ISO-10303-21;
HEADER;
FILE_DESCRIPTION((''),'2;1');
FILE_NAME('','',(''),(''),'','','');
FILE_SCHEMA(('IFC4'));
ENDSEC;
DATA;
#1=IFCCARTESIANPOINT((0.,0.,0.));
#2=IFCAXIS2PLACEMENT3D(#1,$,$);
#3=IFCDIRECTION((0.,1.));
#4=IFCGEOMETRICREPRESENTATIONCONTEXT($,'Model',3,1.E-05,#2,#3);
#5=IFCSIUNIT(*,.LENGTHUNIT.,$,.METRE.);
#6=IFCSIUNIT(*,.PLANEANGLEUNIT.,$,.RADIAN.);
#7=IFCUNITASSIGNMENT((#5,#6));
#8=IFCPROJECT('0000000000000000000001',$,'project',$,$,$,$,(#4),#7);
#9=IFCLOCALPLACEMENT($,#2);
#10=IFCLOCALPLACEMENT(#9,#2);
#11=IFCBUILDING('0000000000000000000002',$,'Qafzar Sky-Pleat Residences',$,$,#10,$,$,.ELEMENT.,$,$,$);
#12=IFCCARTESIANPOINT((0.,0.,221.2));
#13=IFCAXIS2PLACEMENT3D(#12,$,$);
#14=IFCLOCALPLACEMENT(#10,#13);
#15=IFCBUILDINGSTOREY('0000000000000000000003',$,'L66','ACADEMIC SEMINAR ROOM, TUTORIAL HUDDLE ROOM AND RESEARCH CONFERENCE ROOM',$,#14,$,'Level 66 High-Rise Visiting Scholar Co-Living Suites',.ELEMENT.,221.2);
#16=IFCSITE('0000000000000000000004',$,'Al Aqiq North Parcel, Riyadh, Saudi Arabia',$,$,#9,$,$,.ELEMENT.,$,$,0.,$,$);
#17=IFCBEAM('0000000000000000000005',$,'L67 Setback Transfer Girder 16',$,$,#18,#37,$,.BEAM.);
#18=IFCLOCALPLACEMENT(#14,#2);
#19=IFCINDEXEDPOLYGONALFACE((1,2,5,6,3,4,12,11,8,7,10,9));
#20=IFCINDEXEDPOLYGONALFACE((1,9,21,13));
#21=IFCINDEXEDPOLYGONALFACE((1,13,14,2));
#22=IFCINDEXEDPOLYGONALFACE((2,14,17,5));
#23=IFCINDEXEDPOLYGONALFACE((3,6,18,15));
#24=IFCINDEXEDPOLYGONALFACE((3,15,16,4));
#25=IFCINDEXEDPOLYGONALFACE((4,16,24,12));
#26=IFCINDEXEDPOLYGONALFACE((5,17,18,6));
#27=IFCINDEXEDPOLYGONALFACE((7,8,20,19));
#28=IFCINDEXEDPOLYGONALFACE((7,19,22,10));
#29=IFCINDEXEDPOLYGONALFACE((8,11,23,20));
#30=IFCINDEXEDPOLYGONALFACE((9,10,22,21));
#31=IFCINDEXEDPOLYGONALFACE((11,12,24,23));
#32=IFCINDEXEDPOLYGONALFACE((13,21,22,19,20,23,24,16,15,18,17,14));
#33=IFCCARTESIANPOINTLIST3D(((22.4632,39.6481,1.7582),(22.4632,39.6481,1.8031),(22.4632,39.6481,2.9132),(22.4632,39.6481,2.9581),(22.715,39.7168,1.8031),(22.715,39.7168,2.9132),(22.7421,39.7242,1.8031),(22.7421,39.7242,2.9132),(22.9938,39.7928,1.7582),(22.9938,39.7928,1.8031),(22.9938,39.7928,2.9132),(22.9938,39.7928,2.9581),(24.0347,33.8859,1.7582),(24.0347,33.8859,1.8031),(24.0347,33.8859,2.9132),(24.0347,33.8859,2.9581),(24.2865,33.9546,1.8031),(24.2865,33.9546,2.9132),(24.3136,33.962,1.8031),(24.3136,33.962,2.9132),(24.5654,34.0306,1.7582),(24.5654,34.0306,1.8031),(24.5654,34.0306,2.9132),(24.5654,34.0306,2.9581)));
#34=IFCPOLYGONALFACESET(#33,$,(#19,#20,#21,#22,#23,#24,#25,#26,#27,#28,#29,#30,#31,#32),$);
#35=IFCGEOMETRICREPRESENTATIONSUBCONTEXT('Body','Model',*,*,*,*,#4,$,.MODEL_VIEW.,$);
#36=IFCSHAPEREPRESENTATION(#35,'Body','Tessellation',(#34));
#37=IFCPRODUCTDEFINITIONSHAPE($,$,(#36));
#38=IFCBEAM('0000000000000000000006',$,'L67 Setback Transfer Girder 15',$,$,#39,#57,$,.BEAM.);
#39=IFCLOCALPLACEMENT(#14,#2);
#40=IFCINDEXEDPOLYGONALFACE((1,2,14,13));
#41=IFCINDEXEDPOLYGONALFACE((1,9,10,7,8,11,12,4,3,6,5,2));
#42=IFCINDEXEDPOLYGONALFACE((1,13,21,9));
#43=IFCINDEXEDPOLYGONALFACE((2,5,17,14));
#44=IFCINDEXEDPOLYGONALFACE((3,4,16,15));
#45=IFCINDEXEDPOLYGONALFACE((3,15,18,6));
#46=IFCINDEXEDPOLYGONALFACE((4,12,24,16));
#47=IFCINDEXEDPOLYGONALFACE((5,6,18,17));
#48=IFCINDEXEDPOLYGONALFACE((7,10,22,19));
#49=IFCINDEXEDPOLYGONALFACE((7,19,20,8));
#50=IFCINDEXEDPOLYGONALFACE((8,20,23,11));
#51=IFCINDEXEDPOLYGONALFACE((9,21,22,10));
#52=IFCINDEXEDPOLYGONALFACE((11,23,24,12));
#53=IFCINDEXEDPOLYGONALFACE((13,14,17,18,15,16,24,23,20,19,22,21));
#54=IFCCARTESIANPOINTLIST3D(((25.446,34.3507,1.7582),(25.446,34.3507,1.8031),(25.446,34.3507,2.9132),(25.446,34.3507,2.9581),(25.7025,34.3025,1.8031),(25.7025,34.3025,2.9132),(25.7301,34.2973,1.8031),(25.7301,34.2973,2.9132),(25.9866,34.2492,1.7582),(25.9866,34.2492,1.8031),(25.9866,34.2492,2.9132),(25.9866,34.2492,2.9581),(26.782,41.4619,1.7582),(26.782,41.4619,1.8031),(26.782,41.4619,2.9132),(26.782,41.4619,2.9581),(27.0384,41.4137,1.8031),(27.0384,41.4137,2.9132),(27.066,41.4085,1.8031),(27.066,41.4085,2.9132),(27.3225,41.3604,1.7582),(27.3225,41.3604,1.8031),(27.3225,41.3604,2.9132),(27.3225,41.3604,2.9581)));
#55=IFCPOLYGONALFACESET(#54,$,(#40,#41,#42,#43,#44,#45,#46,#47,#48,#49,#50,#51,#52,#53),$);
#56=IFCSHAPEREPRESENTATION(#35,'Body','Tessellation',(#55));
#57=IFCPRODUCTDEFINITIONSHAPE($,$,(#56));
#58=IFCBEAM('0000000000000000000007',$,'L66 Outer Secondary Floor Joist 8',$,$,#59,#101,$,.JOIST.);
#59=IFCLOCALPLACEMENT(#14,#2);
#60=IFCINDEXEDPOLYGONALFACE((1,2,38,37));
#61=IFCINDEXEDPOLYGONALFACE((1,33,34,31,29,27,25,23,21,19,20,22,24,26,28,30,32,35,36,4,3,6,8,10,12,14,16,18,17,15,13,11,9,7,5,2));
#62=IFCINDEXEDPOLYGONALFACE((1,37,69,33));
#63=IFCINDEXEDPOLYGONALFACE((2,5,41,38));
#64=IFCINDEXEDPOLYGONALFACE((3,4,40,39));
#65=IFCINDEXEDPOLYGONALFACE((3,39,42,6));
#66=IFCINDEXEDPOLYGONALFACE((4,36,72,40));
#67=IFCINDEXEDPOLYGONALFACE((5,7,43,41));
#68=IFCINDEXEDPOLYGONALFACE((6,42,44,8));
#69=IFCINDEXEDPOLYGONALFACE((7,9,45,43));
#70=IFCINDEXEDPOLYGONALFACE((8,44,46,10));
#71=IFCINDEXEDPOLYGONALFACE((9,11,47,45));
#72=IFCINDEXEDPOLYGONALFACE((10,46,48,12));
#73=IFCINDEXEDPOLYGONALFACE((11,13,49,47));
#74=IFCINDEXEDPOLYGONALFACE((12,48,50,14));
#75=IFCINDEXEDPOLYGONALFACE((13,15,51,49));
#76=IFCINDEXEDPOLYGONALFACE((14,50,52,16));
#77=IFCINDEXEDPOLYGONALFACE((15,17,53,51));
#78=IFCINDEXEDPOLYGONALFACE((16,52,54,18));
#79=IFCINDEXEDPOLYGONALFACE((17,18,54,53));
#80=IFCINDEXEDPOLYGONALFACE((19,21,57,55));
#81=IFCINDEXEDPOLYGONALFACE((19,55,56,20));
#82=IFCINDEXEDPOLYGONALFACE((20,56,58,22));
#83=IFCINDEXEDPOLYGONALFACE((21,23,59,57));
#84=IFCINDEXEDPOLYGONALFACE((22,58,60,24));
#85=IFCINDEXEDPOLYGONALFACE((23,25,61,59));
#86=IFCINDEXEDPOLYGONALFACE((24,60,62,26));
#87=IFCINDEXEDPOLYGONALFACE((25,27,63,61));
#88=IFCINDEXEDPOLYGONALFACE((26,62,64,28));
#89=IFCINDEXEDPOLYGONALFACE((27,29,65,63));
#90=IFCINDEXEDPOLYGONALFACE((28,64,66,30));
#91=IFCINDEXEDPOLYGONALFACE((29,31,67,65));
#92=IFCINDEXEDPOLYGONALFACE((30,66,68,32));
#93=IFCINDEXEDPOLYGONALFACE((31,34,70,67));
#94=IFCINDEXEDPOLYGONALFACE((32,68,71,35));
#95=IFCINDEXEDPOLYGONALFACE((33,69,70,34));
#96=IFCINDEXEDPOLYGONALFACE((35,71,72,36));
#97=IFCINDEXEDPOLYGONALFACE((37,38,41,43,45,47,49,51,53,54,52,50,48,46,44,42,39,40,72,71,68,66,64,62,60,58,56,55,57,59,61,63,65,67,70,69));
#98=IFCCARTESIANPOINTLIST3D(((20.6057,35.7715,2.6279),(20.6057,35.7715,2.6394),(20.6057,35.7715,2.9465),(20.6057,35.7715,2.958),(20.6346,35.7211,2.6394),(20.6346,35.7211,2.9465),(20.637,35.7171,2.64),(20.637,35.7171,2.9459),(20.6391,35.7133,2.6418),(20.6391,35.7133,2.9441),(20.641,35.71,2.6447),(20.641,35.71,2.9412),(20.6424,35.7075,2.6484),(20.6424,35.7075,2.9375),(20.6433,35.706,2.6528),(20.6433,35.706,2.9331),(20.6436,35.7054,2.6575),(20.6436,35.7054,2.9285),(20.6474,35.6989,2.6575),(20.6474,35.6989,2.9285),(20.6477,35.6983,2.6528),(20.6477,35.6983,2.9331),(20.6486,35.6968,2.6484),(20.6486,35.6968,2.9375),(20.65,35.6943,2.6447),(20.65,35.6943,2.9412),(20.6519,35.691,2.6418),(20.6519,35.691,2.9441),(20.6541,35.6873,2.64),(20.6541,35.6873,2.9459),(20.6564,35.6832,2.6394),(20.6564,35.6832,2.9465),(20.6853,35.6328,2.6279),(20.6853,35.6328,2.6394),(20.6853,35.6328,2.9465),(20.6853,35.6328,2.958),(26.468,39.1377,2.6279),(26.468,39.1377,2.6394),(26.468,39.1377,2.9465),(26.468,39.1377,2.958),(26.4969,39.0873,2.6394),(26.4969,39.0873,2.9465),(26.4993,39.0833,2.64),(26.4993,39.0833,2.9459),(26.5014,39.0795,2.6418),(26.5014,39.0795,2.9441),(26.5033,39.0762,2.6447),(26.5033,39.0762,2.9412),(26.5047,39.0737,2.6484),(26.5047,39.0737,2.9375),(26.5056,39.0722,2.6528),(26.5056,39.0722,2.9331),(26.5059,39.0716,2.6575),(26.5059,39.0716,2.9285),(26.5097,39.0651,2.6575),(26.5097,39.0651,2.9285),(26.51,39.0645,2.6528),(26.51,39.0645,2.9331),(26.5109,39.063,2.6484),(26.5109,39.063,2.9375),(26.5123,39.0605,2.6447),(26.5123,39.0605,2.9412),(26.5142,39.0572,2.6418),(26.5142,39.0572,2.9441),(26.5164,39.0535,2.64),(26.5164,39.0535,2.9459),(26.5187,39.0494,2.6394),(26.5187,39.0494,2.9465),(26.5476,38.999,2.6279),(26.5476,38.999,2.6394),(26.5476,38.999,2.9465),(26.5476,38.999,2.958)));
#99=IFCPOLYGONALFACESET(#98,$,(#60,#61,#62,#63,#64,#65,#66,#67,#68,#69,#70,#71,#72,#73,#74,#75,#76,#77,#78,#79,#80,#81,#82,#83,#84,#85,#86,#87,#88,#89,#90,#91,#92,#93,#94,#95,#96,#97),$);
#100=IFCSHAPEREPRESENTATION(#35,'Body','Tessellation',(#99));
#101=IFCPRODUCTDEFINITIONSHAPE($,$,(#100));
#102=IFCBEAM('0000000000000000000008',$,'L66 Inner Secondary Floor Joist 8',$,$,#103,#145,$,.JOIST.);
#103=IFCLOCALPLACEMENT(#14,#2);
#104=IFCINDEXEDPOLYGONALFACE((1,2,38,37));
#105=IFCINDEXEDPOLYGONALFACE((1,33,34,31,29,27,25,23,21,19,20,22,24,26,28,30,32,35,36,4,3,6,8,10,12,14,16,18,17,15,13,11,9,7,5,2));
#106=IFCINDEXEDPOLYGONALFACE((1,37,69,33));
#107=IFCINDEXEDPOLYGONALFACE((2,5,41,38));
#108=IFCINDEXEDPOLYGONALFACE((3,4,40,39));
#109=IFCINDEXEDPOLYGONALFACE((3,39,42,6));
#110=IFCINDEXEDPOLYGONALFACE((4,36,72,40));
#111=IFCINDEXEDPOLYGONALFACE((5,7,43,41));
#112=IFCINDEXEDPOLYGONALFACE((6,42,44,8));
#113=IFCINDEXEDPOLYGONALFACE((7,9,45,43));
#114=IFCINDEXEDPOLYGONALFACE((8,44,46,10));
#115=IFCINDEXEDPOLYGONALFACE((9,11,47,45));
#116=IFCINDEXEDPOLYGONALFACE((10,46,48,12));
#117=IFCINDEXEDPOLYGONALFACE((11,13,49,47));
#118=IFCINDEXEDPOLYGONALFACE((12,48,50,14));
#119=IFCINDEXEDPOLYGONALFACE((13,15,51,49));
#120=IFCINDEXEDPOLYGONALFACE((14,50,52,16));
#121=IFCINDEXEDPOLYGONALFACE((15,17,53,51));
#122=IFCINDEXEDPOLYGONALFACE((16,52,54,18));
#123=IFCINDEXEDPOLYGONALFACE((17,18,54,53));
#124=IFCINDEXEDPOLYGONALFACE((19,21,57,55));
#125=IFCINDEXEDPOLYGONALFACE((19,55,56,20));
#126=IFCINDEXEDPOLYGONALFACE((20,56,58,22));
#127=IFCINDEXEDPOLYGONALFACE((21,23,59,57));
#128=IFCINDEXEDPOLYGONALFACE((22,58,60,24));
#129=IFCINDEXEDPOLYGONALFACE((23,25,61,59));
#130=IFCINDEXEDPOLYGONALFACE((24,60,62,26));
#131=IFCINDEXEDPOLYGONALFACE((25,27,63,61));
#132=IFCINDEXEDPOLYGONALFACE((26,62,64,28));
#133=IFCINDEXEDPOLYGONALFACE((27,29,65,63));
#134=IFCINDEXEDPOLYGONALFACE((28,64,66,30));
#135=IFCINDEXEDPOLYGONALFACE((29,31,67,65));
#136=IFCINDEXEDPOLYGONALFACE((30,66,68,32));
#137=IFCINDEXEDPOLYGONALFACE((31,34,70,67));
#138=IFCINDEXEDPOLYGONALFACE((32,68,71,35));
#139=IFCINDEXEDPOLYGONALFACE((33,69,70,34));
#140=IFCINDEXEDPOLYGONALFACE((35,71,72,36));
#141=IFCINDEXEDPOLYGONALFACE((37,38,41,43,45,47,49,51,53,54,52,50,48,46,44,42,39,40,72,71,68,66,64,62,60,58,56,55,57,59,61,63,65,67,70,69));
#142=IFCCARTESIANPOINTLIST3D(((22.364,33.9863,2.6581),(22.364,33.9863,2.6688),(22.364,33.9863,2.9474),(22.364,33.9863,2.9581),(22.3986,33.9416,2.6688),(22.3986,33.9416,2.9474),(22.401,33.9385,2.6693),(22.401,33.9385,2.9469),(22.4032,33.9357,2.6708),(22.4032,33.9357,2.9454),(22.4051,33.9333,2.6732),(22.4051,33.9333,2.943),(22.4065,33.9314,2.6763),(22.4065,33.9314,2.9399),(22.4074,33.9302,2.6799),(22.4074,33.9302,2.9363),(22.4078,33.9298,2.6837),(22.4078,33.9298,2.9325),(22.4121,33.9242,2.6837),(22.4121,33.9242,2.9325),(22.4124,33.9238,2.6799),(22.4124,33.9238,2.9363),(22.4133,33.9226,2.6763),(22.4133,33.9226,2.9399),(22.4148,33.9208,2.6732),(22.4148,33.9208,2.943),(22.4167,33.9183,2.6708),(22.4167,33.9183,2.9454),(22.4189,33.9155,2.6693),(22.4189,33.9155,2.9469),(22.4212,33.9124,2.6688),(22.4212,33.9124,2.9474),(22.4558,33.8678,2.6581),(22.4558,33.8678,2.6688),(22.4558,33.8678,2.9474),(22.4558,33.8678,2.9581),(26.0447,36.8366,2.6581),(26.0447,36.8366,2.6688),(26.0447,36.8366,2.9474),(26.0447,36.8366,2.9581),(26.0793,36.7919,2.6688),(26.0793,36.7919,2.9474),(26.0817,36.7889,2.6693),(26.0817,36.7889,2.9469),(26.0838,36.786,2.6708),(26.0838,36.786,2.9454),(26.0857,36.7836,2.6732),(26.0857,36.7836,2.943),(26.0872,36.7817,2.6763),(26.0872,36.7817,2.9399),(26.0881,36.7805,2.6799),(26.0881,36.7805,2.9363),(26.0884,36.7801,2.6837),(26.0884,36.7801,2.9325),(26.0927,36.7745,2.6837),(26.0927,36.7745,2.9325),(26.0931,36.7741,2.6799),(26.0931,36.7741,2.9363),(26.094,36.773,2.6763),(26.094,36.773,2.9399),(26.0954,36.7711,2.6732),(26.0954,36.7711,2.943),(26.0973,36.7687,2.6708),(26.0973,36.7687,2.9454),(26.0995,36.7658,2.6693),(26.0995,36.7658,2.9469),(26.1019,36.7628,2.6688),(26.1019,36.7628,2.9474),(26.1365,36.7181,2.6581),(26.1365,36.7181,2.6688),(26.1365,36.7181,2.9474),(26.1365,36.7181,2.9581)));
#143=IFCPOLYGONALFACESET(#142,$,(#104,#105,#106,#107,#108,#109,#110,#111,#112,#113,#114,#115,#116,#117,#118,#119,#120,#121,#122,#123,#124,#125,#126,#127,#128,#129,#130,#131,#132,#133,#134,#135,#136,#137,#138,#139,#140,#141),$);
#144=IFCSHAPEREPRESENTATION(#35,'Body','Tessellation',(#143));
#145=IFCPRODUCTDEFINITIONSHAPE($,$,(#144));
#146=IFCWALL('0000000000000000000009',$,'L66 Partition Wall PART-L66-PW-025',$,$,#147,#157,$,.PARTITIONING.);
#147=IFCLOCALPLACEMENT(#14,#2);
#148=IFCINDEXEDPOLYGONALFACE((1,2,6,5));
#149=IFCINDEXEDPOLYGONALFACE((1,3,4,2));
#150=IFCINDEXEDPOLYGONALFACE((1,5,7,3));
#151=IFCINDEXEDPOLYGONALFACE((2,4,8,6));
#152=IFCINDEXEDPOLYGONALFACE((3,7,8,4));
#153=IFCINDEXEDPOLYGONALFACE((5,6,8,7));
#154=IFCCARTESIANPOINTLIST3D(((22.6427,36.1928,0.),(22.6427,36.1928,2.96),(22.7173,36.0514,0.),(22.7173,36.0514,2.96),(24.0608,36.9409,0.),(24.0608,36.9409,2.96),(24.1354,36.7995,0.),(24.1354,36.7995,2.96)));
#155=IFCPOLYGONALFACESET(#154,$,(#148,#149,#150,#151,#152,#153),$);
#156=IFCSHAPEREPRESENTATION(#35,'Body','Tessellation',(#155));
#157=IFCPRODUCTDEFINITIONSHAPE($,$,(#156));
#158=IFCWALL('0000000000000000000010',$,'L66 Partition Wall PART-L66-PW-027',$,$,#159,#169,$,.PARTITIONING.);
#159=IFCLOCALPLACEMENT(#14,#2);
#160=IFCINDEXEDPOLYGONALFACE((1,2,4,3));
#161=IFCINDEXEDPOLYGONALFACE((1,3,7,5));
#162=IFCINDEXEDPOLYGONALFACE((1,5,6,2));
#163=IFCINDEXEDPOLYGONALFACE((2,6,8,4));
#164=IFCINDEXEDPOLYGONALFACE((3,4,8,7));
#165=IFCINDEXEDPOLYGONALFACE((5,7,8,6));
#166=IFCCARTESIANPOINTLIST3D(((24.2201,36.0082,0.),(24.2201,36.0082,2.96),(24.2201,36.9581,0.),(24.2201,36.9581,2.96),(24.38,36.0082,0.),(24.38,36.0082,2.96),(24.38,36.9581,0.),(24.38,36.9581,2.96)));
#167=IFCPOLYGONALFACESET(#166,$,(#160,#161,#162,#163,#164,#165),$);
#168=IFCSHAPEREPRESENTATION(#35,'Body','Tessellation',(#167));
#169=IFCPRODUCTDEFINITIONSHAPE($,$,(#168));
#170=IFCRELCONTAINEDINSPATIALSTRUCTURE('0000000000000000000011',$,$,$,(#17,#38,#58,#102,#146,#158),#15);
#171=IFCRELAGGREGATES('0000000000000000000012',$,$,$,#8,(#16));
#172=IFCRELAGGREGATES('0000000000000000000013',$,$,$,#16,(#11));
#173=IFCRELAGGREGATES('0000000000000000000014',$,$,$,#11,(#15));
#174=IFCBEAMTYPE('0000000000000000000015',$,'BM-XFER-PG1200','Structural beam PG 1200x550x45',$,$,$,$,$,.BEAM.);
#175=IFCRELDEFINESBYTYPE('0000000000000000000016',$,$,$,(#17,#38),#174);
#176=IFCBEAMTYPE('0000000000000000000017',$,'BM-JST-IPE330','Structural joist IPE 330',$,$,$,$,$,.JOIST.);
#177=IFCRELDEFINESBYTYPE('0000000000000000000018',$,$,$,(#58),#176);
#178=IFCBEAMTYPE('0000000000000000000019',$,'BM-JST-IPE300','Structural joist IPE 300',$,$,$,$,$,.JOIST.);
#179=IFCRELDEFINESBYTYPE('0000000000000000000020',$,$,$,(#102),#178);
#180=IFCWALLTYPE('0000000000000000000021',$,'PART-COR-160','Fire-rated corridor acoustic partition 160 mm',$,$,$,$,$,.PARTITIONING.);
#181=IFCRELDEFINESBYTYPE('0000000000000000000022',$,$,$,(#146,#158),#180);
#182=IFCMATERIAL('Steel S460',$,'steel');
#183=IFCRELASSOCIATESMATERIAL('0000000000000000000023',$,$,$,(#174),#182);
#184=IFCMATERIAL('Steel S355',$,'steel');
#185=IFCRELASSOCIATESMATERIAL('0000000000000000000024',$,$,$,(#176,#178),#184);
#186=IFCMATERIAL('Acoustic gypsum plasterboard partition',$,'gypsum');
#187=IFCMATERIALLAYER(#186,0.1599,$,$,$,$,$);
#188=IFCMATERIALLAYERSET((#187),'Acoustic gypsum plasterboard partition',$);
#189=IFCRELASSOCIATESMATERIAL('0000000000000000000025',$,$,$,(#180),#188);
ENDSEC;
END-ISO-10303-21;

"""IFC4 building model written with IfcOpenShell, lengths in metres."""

from ifc_helpers import new_model, si_unit, direction, frame, frame_2d, origin, origin_2d, place, context, subcontext, project, spatial, rectangle, i_section, extrude, source, transform, mapped, material, layer, layer_set, material_profile, profile_set, type_object, element, save


model = new_model("IFC4")

# Units and contexts
model_context = context("Model", 3, precision=1e-05, world=origin(), true_north=direction((0.0, 1.0)))
body_context = subcontext(model_context, "Body", "Model", "MODEL_VIEW")
ifc_project = project(units=[si_unit("LENGTHUNIT", "METRE"), si_unit("PLANEANGLEUNIT", "RADIAN")], contexts=[model_context])

# Site, building, storey
site_placement = place(None, origin())
site = spatial("IfcSite", under=ifc_project, at=site_placement, Name="Al Aqiq North Parcel, Riyadh, Saudi Arabia", CompositionType="ELEMENT", RefElevation=0.0)
building_placement = place(site_placement, origin())
building = spatial("IfcBuilding", under=site, at=building_placement, Name="Qafzar Sky-Pleat Residences", CompositionType="ELEMENT")
storey_placement = place(building_placement, frame((0.0, 0.0, 221.2)))
storey = spatial("IfcBuildingStorey", under=building, at=storey_placement, Name="L66", Description="ACADEMIC SEMINAR ROOM, TUTORIAL HUDDLE ROOM AND RESEARCH CONFERENCE ROOM", LongName="Level 66 High-Rise Visiting Scholar Co-Living Suites", CompositionType="ELEMENT", Elevation=221.2)

# Shared definitions
ifc_material_1 = material(Name="Steel S355", Category="steel")

# Beams
ifc_material_2 = material(Name="Steel S460", Category="steel")
ifc_material_profile_1 = material_profile(ifc_material_2, i_section(OverallWidth=0.55, OverallDepth=1.2, WebThickness=0.0281, FlangeThickness=0.0449, at=origin_2d()), Name="PG 1200x550x45")
ifc_profile_set_1 = profile_set([ifc_material_profile_1], Name="Steel S460")
beam_type_1 = type_object("IfcBeamType", Name="BM-XFER-PG1200", Description="Structural beam PG 1200x550x45", PredefinedType="BEAM", material=ifc_profile_set_1)
shared_shape_1 = source(origin(), body_context, "Body", "SweptSolid", [
    extrude(i_section(OverallWidth=0.55, OverallDepth=1.2, WebThickness=0.0281, FlangeThickness=0.0449, at=origin_2d()), origin(), (0.0, 0.0, 1.0), 5.9727),
])
beam_1_placement = place(storey_placement, frame((22.7285, 39.7205, 2.3582), z_axis=(0.263121, -0.964763, 0.0), x_axis=(0.964763, 0.263121, 0.0)))
element("IfcBeam", 1, at=beam_1_placement, inside=storey, type_object=beam_type_1, Name="L67 Setback Transfer Girder 16", PredefinedType="BEAM", context=body_context, shape_type="MappedRepresentation", body=[
    mapped(shared_shape_1, transform((0.0, 0.0, 0.0), x_axis=(1.0, 0.0, 0.0), y_axis=(0.0, 1.0, 0.0), z_axis=(0.0, 0.0, 1.0), scale=1.0)),
])
shared_shape_2 = source(origin(), body_context, "Body", "SweptSolid", [
    extrude(i_section(OverallWidth=0.55, OverallDepth=1.2, WebThickness=0.0281, FlangeThickness=0.0449, at=origin_2d()), origin(), (0.0, 0.0, 1.0), 7.2356),
])
beam_2_placement = place(storey_placement, frame((27.0522, 41.4111, 2.3582), z_axis=(-0.184637, -0.982807, 0.0), x_axis=(0.982807, -0.184637, 0.0)))
element("IfcBeam", 2, at=beam_2_placement, inside=storey, type_object=beam_type_1, Name="L67 Setback Transfer Girder 15", PredefinedType="BEAM", context=body_context, shape_type="MappedRepresentation", body=[
    mapped(shared_shape_2, transform((0.0, 0.0, 0.0), x_axis=(1.0, 0.0, 0.0), y_axis=(0.0, 1.0, 0.0), z_axis=(0.0, 0.0, 1.0), scale=1.0)),
])
ifc_material_profile_2 = material_profile(ifc_material_1, i_section(OverallWidth=0.1599, OverallDepth=0.3301, WebThickness=0.0076, FlangeThickness=0.0115, FilletRadius=0.0181, at=origin_2d()), Name="IPE 330")
ifc_profile_set_2 = profile_set([ifc_material_profile_2], Name="Steel S355")
beam_type_2 = type_object("IfcBeamType", Name="BM-JST-IPE330", Description="Structural joist IPE 330", PredefinedType="JOIST", material=ifc_profile_set_2)
shared_shape_3 = source(origin(), body_context, "Body", "SweptSolid", [
    extrude(i_section(OverallWidth=0.1599, OverallDepth=0.3301, WebThickness=0.0076, FlangeThickness=0.0115, FilletRadius=0.0181, at=origin_2d()), origin(), (0.0, 0.0, 1.0), 6.76),
])
beam_3_placement = place(storey_placement, frame((26.5078, 39.0684, 2.793), z_axis=(-0.867201, -0.497958, 0.0), x_axis=(0.497958, -0.867201, 0.0)))
element("IfcBeam", 3, at=beam_3_placement, inside=storey, type_object=beam_type_2, Name="L66 Outer Secondary Floor Joist 8", PredefinedType="JOIST", context=body_context, shape_type="MappedRepresentation", body=[
    mapped(shared_shape_3, transform((0.0, 0.0, 0.0), x_axis=(1.0, 0.0, 0.0), y_axis=(0.0, 1.0, 0.0), z_axis=(0.0, 0.0, 1.0), scale=1.0)),
])
ifc_material_profile_3 = material_profile(ifc_material_1, i_section(OverallWidth=0.1499, OverallDepth=0.3, WebThickness=0.0071, FlangeThickness=0.0107, FilletRadius=0.0149, at=origin_2d()), Name="IPE 300")
ifc_profile_set_3 = profile_set([ifc_material_profile_3], Name="Steel S355")
beam_type_3 = type_object("IfcBeamType", Name="BM-JST-IPE300", Description="Structural joist IPE 300", PredefinedType="JOIST", material=ifc_profile_set_3)
shared_shape_4 = source(origin(), body_context, "Body", "SweptSolid", [
    extrude(i_section(OverallWidth=0.1499, OverallDepth=0.3, WebThickness=0.0071, FlangeThickness=0.0107, FilletRadius=0.0149, at=origin_2d()), origin(), (0.0, 0.0, 1.0), 4.6553),
])
beam_4_placement = place(storey_placement, frame((26.0906, 36.7773, 2.8081), z_axis=(-0.790641, -0.61228, 0.0), x_axis=(0.61228, -0.790641, 0.0)))
element("IfcBeam", 4, at=beam_4_placement, inside=storey, type_object=beam_type_3, Name="L66 Inner Secondary Floor Joist 8", PredefinedType="JOIST", context=body_context, shape_type="MappedRepresentation", body=[
    mapped(shared_shape_4, transform((0.0, 0.0, 0.0), x_axis=(1.0, 0.0, 0.0), y_axis=(0.0, 1.0, 0.0), z_axis=(0.0, 0.0, 1.0), scale=1.0)),
])

# Walls
ifc_material_3 = material(Name="Acoustic gypsum plasterboard partition", Category="gypsum")
ifc_layer_1 = layer(ifc_material_3, 0.1599)
ifc_layer_set_1 = layer_set([ifc_layer_1], Name="Acoustic gypsum plasterboard partition")
wall_type_1 = type_object("IfcWallType", Name="PART-COR-160", Description="Fire-rated corridor acoustic partition 160 mm", PredefinedType="PARTITIONING", material=ifc_layer_set_1)
wall_1_placement = place(storey_placement, frame((22.6799, 36.1221, 0.0), z_axis=(0.0, 0.0, 1.0), x_axis=(0.884469, 0.4666, 0.0)))
element("IfcWall", 5, at=wall_1_placement, inside=storey, type_object=wall_type_1, Name="L66 Partition Wall PART-L66-PW-025", PredefinedType="PARTITIONING", context=body_context, shape_type="SweptSolid", body=[
    extrude(rectangle(XDim=1.6033, YDim=0.1599, at=frame_2d((0.8018, 0.0))), origin(), (0.0, 0.0, 1.0), 2.96),
])
wall_2_placement = place(storey_placement, frame((24.3, 36.0081, 0.0), z_axis=(0.0, 0.0, 1.0), x_axis=(0.0, 1.0, 0.0)))
element("IfcWall", 6, at=wall_2_placement, inside=storey, type_object=wall_type_1, Name="L66 Partition Wall PART-L66-PW-027", PredefinedType="PARTITIONING", context=body_context, shape_type="SweptSolid", body=[
    extrude(rectangle(XDim=0.95, YDim=0.1599, at=frame_2d((0.4751, 0.0))), origin(), (0.0, 0.0, 1.0), 2.96),
])

save(model, "model.ifc")
